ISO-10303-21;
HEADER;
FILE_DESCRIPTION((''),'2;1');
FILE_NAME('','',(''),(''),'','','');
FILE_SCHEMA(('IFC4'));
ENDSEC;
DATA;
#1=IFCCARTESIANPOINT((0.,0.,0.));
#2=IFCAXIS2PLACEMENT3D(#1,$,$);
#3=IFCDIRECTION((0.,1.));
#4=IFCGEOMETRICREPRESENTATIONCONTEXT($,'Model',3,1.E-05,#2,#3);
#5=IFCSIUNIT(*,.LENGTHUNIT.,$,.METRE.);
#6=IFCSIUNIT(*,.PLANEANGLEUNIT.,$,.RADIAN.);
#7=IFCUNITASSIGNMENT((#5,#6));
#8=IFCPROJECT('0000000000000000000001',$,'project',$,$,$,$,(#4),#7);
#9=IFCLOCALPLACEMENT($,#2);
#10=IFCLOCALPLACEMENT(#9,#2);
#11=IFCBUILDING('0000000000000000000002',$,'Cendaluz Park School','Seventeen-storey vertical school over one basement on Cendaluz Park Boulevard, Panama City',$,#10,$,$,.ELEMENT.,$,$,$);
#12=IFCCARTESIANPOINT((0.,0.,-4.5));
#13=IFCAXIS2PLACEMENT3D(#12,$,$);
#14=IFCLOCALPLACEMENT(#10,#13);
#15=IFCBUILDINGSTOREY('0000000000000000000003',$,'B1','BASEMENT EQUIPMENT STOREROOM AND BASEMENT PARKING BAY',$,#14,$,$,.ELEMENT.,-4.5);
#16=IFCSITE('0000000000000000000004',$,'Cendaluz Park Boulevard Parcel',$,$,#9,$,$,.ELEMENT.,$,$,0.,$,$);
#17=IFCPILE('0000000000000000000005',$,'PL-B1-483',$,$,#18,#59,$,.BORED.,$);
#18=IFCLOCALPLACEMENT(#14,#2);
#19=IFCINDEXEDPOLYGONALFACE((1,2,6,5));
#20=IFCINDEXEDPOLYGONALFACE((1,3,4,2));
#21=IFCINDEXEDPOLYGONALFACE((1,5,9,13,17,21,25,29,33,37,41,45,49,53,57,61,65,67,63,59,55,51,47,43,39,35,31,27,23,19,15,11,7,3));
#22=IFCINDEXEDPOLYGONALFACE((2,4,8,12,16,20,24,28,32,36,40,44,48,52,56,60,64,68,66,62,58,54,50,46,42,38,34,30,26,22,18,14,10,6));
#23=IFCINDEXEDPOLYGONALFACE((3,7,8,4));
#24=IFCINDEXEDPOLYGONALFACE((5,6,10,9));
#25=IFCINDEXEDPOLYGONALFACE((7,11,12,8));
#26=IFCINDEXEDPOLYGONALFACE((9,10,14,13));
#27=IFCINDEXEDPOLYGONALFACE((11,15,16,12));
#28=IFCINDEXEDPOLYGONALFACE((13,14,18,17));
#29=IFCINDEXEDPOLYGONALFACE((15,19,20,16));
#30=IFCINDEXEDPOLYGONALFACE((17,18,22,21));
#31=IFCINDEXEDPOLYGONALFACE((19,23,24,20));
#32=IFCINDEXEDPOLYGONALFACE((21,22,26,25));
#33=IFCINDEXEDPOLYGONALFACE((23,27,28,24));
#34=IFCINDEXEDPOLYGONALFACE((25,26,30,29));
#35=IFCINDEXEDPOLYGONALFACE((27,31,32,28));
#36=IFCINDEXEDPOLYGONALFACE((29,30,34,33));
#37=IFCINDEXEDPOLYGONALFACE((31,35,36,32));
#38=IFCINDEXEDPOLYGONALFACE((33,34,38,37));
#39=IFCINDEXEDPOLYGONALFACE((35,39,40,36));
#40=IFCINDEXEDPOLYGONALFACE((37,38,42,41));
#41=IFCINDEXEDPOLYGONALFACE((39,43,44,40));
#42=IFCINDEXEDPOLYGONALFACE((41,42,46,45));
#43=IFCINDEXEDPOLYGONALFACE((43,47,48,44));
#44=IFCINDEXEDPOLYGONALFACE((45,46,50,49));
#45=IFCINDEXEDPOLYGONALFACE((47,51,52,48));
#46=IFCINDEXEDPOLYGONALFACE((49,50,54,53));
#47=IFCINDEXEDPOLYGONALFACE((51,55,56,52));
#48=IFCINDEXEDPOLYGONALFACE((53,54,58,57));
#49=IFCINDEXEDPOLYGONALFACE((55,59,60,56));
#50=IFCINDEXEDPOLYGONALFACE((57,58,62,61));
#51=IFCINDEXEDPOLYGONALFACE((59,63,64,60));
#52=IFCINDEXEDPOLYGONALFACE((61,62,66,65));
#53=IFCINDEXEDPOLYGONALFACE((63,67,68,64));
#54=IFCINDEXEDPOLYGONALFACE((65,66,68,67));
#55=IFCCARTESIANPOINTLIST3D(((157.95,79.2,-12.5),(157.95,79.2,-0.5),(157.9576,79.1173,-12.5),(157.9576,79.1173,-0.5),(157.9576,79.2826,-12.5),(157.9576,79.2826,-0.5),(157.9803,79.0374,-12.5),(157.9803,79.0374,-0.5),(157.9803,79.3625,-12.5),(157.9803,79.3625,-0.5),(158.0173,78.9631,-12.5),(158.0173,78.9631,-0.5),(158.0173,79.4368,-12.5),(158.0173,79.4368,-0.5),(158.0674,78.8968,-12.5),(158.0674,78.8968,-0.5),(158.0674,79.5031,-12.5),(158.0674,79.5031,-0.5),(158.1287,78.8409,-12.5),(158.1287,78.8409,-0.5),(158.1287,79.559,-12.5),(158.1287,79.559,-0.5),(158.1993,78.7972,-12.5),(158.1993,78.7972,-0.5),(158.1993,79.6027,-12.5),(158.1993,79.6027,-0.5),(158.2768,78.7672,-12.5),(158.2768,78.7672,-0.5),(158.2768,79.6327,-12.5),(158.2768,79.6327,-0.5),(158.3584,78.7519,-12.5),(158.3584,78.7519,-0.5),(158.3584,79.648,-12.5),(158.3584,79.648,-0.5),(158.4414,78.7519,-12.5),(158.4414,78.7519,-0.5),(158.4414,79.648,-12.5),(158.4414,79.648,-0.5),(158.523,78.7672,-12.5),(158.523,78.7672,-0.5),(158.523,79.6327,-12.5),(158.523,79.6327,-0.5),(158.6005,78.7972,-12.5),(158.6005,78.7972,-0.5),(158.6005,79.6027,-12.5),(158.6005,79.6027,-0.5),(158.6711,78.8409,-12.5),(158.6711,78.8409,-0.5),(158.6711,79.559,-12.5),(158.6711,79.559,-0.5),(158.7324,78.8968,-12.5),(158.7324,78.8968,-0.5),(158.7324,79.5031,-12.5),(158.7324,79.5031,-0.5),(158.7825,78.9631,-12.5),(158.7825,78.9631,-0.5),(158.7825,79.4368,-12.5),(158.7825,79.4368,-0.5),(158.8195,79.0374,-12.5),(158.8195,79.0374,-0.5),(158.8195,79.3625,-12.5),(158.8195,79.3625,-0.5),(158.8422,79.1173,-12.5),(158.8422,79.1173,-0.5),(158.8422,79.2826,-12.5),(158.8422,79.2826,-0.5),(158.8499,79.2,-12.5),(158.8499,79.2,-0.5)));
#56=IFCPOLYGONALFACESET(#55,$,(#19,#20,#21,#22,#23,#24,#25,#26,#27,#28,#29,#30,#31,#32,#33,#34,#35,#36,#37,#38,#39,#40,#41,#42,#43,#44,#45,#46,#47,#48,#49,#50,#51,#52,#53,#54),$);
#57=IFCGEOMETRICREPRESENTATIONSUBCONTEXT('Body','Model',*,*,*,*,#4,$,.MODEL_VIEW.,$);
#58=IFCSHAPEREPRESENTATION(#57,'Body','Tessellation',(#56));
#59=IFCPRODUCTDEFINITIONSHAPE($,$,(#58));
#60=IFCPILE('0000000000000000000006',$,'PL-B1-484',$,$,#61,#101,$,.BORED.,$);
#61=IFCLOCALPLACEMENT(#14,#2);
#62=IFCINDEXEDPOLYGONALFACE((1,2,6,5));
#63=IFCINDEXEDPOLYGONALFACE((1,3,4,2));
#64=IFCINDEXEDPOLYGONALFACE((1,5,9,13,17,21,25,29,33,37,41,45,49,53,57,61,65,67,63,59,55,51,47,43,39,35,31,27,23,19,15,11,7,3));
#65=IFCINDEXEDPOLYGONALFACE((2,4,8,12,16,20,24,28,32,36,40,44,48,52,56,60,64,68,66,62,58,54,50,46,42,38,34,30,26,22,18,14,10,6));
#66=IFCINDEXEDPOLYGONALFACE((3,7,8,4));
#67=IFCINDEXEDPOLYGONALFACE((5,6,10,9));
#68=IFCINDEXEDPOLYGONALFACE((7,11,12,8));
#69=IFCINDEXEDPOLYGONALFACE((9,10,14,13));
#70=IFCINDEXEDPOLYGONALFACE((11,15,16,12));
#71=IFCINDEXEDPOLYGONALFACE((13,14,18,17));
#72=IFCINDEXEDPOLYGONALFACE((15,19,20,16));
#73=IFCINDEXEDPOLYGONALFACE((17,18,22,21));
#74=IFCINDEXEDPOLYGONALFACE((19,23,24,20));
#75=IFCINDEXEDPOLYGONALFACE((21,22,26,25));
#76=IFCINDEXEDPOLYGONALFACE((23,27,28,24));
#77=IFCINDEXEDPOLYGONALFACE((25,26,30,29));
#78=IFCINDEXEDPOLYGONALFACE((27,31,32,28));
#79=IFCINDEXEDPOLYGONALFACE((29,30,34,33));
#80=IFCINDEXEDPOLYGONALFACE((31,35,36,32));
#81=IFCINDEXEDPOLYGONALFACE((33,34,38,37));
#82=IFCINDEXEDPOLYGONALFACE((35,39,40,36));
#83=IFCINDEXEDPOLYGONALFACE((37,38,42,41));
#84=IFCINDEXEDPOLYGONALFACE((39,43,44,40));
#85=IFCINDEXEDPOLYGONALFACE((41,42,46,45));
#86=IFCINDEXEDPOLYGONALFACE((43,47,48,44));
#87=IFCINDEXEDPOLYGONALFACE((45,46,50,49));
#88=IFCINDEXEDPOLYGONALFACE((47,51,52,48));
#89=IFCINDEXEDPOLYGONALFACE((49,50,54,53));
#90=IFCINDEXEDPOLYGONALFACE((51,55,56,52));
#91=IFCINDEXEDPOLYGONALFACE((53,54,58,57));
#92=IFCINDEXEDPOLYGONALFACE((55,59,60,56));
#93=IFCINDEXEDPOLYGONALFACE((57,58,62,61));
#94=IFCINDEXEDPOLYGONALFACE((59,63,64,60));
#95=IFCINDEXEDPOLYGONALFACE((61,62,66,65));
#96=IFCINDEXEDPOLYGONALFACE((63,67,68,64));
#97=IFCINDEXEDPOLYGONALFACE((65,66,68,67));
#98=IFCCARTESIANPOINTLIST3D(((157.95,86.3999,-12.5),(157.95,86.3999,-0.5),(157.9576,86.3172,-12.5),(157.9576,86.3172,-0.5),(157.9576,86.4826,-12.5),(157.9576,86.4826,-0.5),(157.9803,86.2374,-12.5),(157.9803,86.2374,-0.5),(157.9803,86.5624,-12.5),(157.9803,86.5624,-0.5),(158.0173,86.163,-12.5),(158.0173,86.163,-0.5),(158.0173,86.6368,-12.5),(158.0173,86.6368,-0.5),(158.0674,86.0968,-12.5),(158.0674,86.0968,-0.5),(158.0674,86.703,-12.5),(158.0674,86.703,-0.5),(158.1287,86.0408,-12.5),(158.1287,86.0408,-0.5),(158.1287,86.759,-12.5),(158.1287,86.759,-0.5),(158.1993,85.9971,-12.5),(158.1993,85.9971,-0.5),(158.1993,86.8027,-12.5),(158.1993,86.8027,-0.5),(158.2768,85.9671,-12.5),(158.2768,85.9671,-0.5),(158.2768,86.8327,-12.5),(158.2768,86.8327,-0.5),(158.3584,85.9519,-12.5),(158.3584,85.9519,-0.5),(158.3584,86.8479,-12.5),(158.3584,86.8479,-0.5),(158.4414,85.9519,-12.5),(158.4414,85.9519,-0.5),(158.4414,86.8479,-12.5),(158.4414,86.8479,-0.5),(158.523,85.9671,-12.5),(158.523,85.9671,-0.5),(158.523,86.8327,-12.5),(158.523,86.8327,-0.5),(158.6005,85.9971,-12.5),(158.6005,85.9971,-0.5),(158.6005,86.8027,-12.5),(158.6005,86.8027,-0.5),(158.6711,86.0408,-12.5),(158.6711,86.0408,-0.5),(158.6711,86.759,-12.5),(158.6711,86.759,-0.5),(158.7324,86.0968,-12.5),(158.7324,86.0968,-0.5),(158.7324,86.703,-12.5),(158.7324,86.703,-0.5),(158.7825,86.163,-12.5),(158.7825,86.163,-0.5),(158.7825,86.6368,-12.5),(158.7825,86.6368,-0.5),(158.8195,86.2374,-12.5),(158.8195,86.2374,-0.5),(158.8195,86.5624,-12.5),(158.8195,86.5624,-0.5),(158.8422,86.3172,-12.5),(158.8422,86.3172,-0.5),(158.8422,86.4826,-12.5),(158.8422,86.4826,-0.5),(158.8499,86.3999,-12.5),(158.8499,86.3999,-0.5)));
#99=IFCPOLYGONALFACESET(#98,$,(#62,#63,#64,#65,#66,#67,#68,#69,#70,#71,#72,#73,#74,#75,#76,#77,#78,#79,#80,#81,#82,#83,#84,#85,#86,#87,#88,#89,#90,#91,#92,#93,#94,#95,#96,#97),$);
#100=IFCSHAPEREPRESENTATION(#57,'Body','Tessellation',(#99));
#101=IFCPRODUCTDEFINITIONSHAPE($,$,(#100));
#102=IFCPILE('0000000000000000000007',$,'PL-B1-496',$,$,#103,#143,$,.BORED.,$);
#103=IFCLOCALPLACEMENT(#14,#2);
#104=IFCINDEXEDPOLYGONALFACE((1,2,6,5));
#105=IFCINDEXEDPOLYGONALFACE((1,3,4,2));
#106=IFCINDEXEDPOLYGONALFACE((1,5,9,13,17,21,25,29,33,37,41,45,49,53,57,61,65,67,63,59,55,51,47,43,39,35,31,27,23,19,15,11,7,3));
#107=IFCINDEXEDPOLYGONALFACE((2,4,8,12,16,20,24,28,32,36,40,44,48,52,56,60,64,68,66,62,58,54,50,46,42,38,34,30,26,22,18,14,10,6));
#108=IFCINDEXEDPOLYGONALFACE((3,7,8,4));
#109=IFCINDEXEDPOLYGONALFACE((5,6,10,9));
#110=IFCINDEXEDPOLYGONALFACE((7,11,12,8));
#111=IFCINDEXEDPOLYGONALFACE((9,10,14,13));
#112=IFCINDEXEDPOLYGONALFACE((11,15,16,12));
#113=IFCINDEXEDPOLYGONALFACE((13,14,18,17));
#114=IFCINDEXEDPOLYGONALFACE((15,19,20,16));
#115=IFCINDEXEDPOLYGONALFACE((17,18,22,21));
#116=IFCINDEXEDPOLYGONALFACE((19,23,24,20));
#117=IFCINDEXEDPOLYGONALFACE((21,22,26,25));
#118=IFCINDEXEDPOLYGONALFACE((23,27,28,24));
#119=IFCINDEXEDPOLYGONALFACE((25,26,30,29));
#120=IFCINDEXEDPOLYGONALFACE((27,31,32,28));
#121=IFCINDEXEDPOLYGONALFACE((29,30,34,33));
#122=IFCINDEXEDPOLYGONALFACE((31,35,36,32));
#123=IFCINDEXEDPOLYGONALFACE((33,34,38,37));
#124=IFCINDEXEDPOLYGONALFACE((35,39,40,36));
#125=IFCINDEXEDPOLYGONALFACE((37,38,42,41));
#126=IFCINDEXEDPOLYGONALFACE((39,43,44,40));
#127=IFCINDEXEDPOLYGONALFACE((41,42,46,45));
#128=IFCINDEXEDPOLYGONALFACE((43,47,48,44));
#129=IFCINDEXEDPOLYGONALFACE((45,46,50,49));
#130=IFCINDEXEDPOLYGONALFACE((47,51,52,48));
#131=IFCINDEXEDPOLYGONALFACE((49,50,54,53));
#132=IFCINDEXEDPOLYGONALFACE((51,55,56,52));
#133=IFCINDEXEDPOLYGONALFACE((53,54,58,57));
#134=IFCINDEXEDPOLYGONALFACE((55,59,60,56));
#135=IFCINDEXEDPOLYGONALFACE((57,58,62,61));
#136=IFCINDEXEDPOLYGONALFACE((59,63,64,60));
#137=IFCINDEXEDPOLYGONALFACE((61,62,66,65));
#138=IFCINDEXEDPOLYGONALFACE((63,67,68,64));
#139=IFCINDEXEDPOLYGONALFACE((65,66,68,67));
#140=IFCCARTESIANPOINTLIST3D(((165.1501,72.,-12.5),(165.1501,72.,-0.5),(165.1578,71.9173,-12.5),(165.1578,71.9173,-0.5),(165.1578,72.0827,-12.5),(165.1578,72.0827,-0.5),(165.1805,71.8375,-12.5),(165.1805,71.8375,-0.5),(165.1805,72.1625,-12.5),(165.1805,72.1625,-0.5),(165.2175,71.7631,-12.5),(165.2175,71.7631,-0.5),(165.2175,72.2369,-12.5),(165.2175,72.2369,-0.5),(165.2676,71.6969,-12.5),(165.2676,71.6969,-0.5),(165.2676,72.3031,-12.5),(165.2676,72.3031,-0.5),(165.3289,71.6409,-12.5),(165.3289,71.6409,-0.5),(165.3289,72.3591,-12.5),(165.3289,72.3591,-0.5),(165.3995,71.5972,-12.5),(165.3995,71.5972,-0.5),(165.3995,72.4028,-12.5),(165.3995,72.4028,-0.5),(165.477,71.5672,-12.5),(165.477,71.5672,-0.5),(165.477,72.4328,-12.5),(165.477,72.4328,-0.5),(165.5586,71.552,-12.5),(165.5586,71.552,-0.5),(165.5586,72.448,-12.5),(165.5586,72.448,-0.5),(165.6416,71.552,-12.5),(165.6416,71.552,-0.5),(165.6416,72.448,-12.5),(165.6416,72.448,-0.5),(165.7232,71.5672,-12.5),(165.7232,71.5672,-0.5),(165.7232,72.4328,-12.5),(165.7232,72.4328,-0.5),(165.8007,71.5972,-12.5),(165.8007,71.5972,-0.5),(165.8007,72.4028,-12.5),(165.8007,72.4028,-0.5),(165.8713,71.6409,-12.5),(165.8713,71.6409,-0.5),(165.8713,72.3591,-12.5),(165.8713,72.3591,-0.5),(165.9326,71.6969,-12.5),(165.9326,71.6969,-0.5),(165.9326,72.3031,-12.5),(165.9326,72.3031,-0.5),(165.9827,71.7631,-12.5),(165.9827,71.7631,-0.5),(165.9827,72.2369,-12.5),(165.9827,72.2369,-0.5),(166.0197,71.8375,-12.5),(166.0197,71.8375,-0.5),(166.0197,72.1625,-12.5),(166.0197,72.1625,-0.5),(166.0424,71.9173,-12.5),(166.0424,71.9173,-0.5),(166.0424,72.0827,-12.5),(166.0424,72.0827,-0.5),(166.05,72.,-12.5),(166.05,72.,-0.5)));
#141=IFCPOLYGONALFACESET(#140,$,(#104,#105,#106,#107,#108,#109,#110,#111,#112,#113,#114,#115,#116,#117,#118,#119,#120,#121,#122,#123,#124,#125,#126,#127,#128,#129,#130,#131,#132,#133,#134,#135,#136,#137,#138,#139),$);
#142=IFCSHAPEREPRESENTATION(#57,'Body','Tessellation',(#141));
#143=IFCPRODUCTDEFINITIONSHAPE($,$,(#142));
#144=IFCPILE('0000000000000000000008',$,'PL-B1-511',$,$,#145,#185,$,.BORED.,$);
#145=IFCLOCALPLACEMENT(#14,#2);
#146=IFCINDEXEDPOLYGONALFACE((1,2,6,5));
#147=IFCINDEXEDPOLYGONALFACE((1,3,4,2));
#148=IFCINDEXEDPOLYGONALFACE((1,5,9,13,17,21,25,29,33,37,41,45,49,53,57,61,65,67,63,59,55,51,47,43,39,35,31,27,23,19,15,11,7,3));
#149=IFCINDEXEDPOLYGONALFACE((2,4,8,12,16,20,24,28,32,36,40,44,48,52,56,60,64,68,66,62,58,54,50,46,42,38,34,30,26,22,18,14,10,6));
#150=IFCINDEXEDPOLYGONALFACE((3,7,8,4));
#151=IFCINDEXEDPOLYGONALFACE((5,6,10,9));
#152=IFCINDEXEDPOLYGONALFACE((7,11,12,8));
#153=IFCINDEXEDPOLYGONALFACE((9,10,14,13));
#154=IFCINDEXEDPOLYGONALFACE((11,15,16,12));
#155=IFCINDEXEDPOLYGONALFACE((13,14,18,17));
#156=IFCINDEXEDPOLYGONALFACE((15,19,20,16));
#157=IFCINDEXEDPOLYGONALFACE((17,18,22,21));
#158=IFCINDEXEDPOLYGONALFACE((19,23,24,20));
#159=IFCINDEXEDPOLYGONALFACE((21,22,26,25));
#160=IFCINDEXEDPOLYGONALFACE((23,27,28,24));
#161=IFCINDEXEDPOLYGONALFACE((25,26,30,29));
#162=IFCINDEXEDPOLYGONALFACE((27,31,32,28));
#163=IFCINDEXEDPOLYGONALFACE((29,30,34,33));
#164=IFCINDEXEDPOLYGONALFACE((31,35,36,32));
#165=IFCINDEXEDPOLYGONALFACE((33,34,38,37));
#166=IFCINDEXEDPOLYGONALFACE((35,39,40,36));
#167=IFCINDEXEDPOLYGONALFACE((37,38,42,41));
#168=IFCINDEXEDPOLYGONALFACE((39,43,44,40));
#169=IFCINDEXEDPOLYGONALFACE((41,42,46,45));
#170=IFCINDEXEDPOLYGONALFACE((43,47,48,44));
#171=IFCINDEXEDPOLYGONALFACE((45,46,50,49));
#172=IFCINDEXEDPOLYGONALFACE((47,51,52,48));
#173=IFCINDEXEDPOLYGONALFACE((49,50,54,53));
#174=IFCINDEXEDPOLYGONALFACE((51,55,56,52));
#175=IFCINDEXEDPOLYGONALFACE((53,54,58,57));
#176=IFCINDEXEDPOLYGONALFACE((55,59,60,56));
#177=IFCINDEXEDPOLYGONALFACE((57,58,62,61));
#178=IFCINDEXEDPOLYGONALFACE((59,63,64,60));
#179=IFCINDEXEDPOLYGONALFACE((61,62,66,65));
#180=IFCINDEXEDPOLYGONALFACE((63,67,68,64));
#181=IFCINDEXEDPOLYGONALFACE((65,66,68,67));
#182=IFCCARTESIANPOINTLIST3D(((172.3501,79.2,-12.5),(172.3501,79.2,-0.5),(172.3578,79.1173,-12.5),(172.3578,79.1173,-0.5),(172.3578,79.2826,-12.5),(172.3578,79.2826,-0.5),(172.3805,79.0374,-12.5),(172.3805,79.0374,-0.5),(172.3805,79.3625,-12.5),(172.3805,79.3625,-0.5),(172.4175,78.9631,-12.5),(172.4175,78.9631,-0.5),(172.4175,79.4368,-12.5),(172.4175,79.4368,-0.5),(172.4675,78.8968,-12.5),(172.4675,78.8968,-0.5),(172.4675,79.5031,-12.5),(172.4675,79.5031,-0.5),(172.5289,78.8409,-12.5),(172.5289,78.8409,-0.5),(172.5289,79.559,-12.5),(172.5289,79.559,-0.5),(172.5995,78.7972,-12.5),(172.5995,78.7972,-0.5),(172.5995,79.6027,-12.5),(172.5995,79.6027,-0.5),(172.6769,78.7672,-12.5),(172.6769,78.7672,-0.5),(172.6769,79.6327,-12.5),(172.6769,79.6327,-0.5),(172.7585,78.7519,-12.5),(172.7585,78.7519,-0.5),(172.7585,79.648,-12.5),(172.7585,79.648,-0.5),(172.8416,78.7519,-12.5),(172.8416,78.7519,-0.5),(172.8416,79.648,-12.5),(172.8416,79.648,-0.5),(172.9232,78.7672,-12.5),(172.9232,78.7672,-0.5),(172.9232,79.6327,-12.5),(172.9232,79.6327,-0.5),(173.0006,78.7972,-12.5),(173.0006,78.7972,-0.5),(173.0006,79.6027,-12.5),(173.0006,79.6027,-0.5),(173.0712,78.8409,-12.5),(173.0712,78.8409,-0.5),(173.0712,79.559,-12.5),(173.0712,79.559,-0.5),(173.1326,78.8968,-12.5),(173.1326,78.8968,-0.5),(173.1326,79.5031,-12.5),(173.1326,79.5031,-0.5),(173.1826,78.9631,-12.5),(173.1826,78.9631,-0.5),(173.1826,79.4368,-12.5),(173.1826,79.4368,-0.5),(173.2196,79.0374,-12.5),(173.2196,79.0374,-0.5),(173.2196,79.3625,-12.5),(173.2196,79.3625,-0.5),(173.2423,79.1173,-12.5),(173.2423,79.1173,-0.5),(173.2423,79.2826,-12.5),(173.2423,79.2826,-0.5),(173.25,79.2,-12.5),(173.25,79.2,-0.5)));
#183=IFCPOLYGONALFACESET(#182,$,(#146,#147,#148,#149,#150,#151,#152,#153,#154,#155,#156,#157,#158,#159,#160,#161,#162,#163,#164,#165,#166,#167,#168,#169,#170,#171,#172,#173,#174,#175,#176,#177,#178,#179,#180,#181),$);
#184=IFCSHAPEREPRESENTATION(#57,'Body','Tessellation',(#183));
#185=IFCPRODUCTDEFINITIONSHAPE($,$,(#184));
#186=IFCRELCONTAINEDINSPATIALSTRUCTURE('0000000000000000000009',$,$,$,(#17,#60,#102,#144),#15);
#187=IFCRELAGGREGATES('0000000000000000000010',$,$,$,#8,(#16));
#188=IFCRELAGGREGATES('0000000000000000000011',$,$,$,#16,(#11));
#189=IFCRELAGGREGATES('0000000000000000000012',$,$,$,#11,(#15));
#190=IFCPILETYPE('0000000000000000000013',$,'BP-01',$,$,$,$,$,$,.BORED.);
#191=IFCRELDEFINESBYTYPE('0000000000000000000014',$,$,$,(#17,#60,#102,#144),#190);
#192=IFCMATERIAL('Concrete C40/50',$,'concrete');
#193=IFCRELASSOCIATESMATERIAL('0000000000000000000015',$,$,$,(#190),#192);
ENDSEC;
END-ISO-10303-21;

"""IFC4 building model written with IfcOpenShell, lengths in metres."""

from ifc_helpers import new_model, si_unit, direction, frame, origin, origin_2d, place, context, subcontext, project, spatial, circle, extrude, material, material_profile, profile_set, type_object, element, save


model = new_model("IFC4")

# Units and contexts
model_context = context("Model", 3, precision=1e-05, world=origin(), true_north=direction((0.0, 1.0)))
body_context = subcontext(model_context, "Body", "Model", "MODEL_VIEW")
ifc_project = project(units=[si_unit("LENGTHUNIT", "METRE"), si_unit("PLANEANGLEUNIT", "RADIAN")], contexts=[model_context])

# Site, building, storey
site_placement = place(None, origin())
site = spatial("IfcSite", under=ifc_project, at=site_placement, Name="Cendaluz Park Boulevard Parcel", CompositionType="ELEMENT", RefElevation=0.0)
building_placement = place(site_placement, origin())
building = spatial("IfcBuilding", under=site, at=building_placement, Name="Cendaluz Park School", Description="Seventeen-storey vertical school over one basement on Cendaluz Park Boulevard, Panama City", CompositionType="ELEMENT")
storey_placement = place(building_placement, frame((0.0, 0.0, -4.5)))
storey = spatial("IfcBuildingStorey", under=building, at=storey_placement, Name="B1", Description="BASEMENT EQUIPMENT STOREROOM AND BASEMENT PARKING BAY", CompositionType="ELEMENT", Elevation=-4.5)

# Piles
ifc_material_1 = material(Name="Concrete C40/50", Category="concrete")
ifc_material_profile_1 = material_profile(ifc_material_1, circle(Radius=0.45, at=origin_2d()), Name="BP D900", Category="concrete")
ifc_profile_set_1 = profile_set([ifc_material_profile_1], Name="Concrete C40/50")
pile_type_1 = type_object("IfcPileType", Name="BP-01", PredefinedType="BORED", material=ifc_profile_set_1)
for number, where, z_axis, x_axis, name in (
    (1, (158.3999, 79.2, -0.5), (0.0, 0.0, -1.0), (1.0, 0.0, 0.0), "PL-B1-483"),
    (2, (158.3999, 86.3999, -0.5), (0.0, 0.0, -1.0), (1.0, 0.0, 0.0), "PL-B1-484"),
    (3, (165.6001, 72.0, -0.5), (0.0, 0.0, -1.0), (1.0, 0.0, 0.0), "PL-B1-496"),
    (4, (172.8, 79.2, -0.5), (0.0, 0.0, -1.0), (1.0, 0.0, 0.0), "PL-B1-511"),
):
    element("IfcPile", number, at=place(storey_placement, frame(where, z_axis=z_axis, x_axis=x_axis)), inside=storey, type_object=pile_type_1, Name=name, PredefinedType="BORED", context=body_context, shape_type="SweptSolid", body=[
        extrude(circle(Radius=0.45, at=origin_2d()), origin(), (0.0, 0.0, 1.0), 12.0),
    ])

save(model, "model.ifc")
